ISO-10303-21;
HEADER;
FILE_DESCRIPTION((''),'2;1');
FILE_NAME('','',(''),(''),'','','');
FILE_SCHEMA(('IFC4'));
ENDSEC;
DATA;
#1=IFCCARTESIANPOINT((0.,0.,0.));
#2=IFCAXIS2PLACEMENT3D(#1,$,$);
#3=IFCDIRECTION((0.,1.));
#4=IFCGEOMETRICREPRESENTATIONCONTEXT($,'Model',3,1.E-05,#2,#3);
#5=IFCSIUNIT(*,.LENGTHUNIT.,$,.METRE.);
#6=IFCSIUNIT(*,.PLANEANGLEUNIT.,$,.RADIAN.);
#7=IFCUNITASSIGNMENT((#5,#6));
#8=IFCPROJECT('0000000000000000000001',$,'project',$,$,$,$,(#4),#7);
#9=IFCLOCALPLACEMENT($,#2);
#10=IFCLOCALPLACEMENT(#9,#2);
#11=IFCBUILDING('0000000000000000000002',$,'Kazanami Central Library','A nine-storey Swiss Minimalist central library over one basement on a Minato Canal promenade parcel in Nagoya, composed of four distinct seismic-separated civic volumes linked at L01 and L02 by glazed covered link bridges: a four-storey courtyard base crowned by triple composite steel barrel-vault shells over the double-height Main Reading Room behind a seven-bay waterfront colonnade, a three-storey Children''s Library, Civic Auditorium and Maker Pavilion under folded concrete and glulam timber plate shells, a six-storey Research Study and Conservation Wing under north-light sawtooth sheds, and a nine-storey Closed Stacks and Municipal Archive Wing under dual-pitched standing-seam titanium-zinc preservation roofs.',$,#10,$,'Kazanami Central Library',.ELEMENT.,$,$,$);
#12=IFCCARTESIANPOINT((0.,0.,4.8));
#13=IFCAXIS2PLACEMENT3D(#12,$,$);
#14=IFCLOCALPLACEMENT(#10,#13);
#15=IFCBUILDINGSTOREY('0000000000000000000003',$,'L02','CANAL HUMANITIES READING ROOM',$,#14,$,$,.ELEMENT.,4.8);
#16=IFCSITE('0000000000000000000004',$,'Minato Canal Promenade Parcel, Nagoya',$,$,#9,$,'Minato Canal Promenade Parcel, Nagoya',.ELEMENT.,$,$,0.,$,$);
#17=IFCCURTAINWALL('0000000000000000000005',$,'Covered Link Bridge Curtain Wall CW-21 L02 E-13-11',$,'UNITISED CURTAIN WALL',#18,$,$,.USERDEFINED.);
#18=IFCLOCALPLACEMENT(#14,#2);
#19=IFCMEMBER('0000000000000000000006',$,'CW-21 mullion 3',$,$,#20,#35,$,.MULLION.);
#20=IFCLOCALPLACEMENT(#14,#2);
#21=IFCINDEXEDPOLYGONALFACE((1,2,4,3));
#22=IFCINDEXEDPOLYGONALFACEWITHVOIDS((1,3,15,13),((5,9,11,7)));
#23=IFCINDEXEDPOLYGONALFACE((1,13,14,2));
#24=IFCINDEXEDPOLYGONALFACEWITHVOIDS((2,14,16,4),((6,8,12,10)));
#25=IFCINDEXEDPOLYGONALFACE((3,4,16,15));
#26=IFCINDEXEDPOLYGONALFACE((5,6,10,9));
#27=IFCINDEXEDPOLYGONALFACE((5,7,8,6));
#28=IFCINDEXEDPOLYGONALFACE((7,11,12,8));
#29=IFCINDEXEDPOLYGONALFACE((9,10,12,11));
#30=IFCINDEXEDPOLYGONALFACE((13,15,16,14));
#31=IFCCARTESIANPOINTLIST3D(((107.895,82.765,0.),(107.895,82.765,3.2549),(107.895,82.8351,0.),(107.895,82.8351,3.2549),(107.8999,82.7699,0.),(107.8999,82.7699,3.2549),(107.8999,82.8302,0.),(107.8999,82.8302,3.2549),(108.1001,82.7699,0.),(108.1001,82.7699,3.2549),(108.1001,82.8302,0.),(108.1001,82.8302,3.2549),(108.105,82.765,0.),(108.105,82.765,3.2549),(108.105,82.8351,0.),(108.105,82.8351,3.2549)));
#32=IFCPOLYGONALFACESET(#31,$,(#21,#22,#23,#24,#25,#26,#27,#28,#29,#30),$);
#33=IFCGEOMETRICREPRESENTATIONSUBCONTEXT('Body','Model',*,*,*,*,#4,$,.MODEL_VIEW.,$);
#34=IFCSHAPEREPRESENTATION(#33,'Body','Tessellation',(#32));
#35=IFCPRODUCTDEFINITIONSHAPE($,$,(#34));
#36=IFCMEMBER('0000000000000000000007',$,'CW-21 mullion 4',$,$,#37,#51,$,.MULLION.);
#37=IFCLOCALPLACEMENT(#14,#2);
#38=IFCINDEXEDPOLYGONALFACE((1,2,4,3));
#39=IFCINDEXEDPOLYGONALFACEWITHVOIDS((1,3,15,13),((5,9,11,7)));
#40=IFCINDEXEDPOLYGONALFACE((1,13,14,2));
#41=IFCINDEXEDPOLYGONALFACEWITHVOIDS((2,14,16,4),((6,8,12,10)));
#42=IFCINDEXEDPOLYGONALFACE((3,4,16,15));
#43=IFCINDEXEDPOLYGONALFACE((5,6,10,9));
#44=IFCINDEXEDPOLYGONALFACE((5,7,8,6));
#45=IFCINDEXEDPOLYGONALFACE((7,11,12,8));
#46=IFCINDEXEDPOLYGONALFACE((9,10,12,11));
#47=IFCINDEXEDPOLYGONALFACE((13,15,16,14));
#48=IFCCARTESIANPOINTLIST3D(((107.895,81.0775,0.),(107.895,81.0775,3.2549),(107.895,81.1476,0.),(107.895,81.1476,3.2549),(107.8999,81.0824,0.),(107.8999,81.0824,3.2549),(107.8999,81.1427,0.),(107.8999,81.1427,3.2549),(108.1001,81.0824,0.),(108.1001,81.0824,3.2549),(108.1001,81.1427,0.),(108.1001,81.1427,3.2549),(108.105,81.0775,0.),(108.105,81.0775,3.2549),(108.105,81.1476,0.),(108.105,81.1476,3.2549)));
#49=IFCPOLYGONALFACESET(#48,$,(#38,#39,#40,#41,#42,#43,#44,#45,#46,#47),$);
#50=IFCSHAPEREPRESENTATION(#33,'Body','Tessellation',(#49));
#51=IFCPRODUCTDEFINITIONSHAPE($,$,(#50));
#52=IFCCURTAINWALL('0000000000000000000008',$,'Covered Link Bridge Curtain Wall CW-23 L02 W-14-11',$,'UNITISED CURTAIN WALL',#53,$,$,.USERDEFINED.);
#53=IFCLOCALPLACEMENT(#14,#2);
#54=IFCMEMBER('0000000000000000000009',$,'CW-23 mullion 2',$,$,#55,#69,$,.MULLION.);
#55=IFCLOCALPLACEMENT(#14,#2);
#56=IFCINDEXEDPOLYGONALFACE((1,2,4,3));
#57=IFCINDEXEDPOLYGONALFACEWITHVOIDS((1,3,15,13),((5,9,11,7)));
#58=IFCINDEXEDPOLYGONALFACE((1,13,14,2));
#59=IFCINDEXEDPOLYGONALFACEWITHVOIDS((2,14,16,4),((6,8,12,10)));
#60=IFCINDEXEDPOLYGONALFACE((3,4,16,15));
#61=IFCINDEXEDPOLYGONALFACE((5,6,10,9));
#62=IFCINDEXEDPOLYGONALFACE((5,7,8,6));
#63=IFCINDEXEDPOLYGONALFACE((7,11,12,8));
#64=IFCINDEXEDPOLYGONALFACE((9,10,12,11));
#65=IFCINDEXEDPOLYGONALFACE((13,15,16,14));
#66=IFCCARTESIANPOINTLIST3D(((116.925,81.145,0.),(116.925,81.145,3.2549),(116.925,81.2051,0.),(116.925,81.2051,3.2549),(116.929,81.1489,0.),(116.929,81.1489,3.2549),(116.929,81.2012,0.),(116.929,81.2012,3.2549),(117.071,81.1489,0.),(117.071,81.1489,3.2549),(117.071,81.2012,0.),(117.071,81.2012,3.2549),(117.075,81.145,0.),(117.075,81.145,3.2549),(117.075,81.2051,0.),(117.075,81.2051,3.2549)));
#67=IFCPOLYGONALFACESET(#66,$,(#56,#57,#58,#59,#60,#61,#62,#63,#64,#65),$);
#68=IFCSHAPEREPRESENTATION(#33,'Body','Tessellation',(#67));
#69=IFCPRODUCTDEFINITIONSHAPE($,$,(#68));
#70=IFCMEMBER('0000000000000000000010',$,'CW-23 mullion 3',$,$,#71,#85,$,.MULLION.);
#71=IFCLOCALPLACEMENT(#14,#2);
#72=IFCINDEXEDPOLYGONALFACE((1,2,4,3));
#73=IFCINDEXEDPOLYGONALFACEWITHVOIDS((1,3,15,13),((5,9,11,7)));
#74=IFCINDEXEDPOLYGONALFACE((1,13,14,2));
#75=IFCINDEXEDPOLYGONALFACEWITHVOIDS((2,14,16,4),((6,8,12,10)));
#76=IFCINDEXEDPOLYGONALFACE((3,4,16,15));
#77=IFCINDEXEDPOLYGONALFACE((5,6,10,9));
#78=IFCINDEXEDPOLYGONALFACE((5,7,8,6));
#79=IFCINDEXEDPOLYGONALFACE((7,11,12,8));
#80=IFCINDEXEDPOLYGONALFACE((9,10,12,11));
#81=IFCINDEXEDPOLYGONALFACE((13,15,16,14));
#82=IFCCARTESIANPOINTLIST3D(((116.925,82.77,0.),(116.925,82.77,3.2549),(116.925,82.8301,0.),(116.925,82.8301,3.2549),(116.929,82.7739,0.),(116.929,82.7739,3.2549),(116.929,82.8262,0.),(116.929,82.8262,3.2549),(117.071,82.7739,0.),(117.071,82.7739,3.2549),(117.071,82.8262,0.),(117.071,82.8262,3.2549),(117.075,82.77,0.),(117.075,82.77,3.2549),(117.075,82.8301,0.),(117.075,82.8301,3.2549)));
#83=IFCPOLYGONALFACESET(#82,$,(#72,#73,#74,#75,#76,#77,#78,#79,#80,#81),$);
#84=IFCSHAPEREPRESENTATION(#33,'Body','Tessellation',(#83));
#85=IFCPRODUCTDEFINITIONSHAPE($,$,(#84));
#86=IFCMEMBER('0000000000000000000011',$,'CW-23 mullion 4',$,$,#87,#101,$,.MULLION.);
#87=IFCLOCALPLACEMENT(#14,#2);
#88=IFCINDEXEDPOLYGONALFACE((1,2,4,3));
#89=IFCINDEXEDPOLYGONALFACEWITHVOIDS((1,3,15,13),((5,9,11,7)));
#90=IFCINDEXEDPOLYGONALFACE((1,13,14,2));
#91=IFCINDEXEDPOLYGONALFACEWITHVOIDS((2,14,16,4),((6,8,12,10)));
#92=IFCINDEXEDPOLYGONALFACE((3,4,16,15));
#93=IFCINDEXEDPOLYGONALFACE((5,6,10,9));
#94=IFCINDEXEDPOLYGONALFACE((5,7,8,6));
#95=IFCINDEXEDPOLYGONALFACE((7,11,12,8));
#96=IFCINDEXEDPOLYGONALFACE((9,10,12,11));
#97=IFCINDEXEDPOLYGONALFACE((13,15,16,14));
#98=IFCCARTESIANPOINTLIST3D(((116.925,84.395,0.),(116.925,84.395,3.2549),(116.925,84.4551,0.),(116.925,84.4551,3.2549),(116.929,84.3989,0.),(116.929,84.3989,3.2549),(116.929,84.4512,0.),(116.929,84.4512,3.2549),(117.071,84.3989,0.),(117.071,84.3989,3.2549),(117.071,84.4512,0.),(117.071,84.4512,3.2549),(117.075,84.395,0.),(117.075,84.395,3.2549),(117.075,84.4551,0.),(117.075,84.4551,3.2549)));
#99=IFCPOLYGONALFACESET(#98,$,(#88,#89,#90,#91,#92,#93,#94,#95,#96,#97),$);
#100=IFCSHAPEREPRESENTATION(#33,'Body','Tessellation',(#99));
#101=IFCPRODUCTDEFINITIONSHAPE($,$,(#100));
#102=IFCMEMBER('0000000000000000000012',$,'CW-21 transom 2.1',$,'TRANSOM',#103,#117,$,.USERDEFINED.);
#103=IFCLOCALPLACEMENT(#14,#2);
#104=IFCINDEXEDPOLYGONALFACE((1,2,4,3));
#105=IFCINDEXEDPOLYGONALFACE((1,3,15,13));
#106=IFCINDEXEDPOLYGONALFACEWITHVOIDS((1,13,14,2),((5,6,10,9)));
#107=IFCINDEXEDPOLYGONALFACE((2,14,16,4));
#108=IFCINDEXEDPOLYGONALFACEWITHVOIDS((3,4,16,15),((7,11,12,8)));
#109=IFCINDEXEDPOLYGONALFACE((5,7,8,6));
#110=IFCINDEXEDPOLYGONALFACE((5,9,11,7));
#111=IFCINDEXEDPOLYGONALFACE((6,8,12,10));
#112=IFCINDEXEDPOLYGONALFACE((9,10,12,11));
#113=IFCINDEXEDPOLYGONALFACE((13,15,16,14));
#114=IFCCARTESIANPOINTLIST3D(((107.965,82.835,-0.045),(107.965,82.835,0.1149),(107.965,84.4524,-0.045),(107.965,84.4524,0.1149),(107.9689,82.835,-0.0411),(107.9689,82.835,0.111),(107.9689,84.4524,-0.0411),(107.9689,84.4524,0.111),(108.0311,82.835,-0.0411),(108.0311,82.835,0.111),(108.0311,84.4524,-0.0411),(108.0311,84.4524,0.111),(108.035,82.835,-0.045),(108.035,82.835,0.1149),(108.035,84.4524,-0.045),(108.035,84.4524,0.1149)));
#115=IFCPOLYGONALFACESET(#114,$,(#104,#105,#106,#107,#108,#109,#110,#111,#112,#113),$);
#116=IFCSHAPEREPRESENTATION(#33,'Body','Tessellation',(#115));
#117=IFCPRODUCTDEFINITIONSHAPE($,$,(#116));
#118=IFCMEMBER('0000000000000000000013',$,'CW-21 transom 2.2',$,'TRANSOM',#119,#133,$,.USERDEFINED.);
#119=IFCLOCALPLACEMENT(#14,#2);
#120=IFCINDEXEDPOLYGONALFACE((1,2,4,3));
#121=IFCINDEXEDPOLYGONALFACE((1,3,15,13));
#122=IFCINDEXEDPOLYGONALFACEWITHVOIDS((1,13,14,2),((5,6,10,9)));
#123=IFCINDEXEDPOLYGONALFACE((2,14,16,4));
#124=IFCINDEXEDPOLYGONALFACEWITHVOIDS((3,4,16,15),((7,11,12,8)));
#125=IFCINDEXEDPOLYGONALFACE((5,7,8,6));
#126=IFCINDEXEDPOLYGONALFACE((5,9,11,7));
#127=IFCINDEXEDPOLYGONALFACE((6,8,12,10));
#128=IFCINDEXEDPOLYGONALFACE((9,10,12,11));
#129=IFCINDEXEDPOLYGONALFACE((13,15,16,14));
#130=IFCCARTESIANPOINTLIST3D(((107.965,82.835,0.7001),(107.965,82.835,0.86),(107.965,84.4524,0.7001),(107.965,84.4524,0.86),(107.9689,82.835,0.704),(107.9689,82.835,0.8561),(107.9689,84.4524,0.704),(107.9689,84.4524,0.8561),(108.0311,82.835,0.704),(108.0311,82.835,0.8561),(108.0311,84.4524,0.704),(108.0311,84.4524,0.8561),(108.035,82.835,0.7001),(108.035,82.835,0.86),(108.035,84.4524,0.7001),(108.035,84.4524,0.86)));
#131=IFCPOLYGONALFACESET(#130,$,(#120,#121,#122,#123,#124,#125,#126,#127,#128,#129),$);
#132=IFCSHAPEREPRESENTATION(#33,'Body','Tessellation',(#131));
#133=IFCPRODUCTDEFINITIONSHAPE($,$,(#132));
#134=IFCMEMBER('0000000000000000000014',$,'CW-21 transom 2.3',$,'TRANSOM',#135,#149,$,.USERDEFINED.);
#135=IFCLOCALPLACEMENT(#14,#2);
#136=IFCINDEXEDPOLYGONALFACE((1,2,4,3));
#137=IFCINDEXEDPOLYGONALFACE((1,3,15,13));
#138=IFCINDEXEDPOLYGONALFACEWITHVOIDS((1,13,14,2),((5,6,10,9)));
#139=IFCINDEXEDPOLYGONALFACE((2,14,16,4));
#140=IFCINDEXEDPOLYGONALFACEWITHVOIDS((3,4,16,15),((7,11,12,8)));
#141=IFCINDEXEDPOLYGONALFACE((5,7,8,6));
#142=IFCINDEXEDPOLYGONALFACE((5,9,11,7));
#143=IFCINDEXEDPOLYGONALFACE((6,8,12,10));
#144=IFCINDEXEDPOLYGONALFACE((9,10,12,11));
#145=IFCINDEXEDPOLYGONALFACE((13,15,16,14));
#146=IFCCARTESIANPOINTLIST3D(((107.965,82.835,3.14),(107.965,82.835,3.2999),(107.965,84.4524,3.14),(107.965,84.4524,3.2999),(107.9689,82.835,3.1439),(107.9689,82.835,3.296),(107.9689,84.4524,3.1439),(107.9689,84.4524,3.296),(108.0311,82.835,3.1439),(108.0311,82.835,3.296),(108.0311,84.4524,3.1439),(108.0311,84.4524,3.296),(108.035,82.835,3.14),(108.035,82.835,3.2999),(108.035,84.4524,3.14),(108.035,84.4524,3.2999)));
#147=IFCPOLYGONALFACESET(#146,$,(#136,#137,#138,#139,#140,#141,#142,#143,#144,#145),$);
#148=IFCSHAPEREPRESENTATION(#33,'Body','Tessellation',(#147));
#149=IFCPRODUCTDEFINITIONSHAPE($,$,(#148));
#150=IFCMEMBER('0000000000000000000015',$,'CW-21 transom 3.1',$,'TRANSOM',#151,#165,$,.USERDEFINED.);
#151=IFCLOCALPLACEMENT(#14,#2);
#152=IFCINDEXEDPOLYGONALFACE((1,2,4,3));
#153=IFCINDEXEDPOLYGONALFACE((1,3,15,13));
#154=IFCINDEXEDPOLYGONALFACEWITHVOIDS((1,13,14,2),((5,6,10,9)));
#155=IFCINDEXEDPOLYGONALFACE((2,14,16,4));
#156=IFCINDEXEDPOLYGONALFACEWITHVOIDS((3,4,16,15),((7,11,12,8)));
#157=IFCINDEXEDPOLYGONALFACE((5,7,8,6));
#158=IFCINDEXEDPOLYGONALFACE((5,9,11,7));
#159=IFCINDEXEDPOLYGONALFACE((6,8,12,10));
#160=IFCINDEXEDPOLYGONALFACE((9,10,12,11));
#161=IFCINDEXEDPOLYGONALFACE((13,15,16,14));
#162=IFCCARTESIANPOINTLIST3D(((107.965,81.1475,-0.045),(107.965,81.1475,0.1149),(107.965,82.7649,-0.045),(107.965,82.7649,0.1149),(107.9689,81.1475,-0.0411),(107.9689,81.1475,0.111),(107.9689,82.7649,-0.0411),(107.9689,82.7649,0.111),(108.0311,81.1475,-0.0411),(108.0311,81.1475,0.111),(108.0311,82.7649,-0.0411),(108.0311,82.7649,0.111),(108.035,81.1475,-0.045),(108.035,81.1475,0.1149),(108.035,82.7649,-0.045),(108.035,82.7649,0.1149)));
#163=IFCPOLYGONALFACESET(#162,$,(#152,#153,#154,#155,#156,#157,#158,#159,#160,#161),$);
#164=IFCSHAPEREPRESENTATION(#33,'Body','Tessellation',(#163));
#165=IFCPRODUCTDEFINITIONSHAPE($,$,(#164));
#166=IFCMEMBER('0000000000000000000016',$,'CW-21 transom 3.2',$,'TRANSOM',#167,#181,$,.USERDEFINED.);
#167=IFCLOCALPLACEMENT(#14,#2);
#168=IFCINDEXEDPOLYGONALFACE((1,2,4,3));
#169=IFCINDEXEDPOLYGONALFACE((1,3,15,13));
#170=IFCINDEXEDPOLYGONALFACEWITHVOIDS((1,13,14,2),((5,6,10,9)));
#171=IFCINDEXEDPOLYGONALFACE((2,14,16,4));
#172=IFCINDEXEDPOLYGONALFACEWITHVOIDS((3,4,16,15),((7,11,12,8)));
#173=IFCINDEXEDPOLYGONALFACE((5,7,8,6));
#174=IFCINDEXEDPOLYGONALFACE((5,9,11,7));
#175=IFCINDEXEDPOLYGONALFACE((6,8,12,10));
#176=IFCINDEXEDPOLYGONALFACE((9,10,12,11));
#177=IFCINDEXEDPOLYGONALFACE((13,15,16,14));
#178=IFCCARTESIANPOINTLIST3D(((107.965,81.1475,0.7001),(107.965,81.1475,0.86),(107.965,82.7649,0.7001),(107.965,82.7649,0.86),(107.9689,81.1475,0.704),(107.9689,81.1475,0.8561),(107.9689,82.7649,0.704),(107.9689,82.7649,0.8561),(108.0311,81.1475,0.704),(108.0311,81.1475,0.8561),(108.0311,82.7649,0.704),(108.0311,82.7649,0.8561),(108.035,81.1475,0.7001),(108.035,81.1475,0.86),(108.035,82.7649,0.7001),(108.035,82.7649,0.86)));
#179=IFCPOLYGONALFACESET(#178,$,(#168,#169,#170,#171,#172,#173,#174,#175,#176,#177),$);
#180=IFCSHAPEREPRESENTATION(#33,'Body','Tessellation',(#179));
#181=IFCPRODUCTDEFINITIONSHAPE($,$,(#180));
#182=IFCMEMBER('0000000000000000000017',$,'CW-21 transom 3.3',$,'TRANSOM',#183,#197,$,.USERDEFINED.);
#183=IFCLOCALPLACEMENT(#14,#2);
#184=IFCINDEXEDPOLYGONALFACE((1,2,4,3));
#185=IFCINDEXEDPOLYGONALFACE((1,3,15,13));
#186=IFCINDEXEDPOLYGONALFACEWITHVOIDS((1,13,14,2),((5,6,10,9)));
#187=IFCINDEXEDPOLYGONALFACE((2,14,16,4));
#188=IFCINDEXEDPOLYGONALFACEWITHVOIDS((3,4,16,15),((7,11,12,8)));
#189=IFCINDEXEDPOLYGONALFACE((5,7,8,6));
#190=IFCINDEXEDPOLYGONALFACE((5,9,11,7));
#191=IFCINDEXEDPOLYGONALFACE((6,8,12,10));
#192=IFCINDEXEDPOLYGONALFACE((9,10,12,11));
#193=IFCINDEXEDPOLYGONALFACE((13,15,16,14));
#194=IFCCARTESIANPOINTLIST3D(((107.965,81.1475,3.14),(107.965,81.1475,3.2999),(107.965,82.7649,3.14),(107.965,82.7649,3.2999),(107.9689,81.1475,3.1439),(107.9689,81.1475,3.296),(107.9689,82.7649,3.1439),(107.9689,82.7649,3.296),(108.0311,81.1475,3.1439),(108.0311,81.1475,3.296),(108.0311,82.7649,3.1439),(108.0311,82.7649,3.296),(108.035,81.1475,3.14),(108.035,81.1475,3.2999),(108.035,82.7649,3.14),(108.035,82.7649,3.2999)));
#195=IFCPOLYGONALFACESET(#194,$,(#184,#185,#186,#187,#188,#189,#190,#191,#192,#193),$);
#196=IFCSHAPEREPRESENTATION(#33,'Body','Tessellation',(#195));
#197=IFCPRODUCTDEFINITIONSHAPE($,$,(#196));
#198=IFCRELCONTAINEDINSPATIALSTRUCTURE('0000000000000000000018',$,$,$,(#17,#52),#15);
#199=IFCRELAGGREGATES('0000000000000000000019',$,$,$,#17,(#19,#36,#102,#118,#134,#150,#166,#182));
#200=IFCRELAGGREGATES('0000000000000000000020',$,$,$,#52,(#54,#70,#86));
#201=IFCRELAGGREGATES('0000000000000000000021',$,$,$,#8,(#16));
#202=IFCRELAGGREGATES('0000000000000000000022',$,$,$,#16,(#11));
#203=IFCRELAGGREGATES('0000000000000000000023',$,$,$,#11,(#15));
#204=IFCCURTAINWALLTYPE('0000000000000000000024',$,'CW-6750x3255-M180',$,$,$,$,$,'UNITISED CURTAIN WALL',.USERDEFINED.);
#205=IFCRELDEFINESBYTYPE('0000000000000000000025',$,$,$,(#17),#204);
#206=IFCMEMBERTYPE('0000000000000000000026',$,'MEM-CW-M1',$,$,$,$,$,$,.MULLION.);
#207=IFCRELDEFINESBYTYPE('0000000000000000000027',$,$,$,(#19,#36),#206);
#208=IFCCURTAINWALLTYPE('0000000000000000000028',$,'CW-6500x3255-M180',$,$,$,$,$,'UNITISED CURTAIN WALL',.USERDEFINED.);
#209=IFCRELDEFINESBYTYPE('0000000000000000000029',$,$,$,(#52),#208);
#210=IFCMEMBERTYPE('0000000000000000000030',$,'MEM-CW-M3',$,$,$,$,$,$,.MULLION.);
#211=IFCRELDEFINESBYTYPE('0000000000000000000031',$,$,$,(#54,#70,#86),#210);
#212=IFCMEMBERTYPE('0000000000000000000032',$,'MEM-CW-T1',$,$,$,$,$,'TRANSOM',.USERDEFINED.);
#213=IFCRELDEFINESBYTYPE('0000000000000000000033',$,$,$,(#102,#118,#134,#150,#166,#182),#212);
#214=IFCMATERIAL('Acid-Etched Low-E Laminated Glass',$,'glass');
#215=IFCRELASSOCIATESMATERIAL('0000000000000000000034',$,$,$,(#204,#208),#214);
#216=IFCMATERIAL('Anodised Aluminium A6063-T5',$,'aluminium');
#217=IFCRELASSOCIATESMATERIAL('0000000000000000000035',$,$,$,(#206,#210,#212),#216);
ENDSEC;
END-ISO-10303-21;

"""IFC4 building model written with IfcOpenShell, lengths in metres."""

from ifc_helpers import new_model, si_unit, direction, frame, origin, origin_2d, place, context, subcontext, project, spatial, hollow_rectangle, extrude, material, material_profile, profile_set, type_object, element, aggregate, save


model = new_model("IFC4")

# Units and contexts
model_context = context("Model", 3, precision=1e-05, world=origin(), true_north=direction((0.0, 1.0)))
body_context = subcontext(model_context, "Body", "Model", "MODEL_VIEW")
ifc_project = project(units=[si_unit("LENGTHUNIT", "METRE"), si_unit("PLANEANGLEUNIT", "RADIAN")], contexts=[model_context])

# Site, building, storey
site_placement = place(None, origin())
site = spatial("IfcSite", under=ifc_project, at=site_placement, Name="Minato Canal Promenade Parcel, Nagoya", LongName="Minato Canal Promenade Parcel, Nagoya", CompositionType="ELEMENT", RefElevation=0.0)
building_placement = place(site_placement, origin())
building = spatial("IfcBuilding", under=site, at=building_placement, Name="Kazanami Central Library", Description="A nine-storey Swiss Minimalist central library over one basement on a Minato Canal promenade parcel in Nagoya, composed of four distinct seismic-separated civic volumes linked at L01 and L02 by glazed covered link bridges: a four-storey courtyard base crowned by triple composite steel barrel-vault shells over the double-height Main Reading Room behind a seven-bay waterfront colonnade, a three-storey Children's Library, Civic Auditorium and Maker Pavilion under folded concrete and glulam timber plate shells, a six-storey Research Study and Conservation Wing under north-light sawtooth sheds, and a nine-storey Closed Stacks and Municipal Archive Wing under dual-pitched standing-seam titanium-zinc preservation roofs.", LongName="Kazanami Central Library", CompositionType="ELEMENT")
storey_placement = place(building_placement, frame((0.0, 0.0, 4.8)))
storey = spatial("IfcBuildingStorey", under=building, at=storey_placement, Name="L02", Description="CANAL HUMANITIES READING ROOM", CompositionType="ELEMENT", Elevation=4.8)

# Curtain walls, members
ifc_material_1 = material(Name="Acid-Etched Low-E Laminated Glass", Category="glass")
curtain_wall_type_1 = type_object("IfcCurtainWallType", Name="CW-6750x3255-M180", ElementType="UNITISED CURTAIN WALL", PredefinedType="USERDEFINED", material=ifc_material_1)
curtain_wall_1_placement = place(storey_placement, origin())
curtain_wall_1 = element("IfcCurtainWall", 1, at=curtain_wall_1_placement, inside=storey, type_object=curtain_wall_type_1, Name="Covered Link Bridge Curtain Wall CW-21 L02 E-13-11", ObjectType="UNITISED CURTAIN WALL", PredefinedType="USERDEFINED")
ifc_material_2 = material(Name="Anodised Aluminium A6063-T5", Category="aluminium")
ifc_material_profile_1 = material_profile(ifc_material_2, hollow_rectangle(XDim=0.0701, YDim=0.21, WallThickness=0.0049, at=origin_2d()), Name="ALU-MULL-70x210x5")
ifc_profile_set_1 = profile_set([ifc_material_profile_1], Name="Anodised Aluminium A6063-T5")
member_type_1 = type_object("IfcMemberType", Name="MEM-CW-M1", PredefinedType="MULLION", material=ifc_profile_set_1)
member_1_placement = place(storey_placement, frame((108.0, 82.8, 0.0), z_axis=(0.0, 0.0, 1.0), x_axis=(0.0, -1.0, 0.0)))
member_1 = element("IfcMember", 2, at=member_1_placement, type_object=member_type_1, Name="CW-21 mullion 3", PredefinedType="MULLION", context=body_context, shape_type="SweptSolid", body=[
    extrude(hollow_rectangle(XDim=0.0701, YDim=0.21, WallThickness=0.0049, at=origin_2d()), origin(), (0.0, 0.0, 1.0), 3.2549),
])
member_2_placement = place(storey_placement, frame((108.0, 81.1125, 0.0), z_axis=(0.0, 0.0, 1.0), x_axis=(0.0, -1.0, 0.0)))
member_2 = element("IfcMember", 3, at=member_2_placement, type_object=member_type_1, Name="CW-21 mullion 4", PredefinedType="MULLION", context=body_context, shape_type="SweptSolid", body=[
    extrude(hollow_rectangle(XDim=0.0701, YDim=0.21, WallThickness=0.0049, at=origin_2d()), origin(), (0.0, 0.0, 1.0), 3.2549),
])
curtain_wall_type_2 = type_object("IfcCurtainWallType", Name="CW-6500x3255-M180", ElementType="UNITISED CURTAIN WALL", PredefinedType="USERDEFINED", material=ifc_material_1)
curtain_wall_2_placement = place(storey_placement, origin())
curtain_wall_2 = element("IfcCurtainWall", 4, at=curtain_wall_2_placement, inside=storey, type_object=curtain_wall_type_2, Name="Covered Link Bridge Curtain Wall CW-23 L02 W-14-11", ObjectType="UNITISED CURTAIN WALL", PredefinedType="USERDEFINED")
ifc_material_profile_2 = material_profile(ifc_material_2, hollow_rectangle(XDim=0.0601, YDim=0.1499, WallThickness=0.0039, at=origin_2d()), Name="ALU-MULL-60x150x4")
ifc_profile_set_2 = profile_set([ifc_material_profile_2], Name="Anodised Aluminium A6063-T5")
member_type_2 = type_object("IfcMemberType", Name="MEM-CW-M3", PredefinedType="MULLION", material=ifc_profile_set_2)
member_3_placement = place(storey_placement, frame((117.0, 81.175, 0.0), z_axis=(0.0, 0.0, 1.0), x_axis=(0.0, 1.0, 0.0)))
member_3 = element("IfcMember", 5, at=member_3_placement, type_object=member_type_2, Name="CW-23 mullion 2", PredefinedType="MULLION", context=body_context, shape_type="SweptSolid", body=[
    extrude(hollow_rectangle(XDim=0.0601, YDim=0.1499, WallThickness=0.0039, at=origin_2d()), origin(), (0.0, 0.0, 1.0), 3.2549),
])
member_4_placement = place(storey_placement, frame((117.0, 82.8, 0.0), z_axis=(0.0, 0.0, 1.0), x_axis=(0.0, 1.0, 0.0)))
member_4 = element("IfcMember", 6, at=member_4_placement, type_object=member_type_2, Name="CW-23 mullion 3", PredefinedType="MULLION", context=body_context, shape_type="SweptSolid", body=[
    extrude(hollow_rectangle(XDim=0.0601, YDim=0.1499, WallThickness=0.0039, at=origin_2d()), origin(), (0.0, 0.0, 1.0), 3.2549),
])
member_5_placement = place(storey_placement, frame((117.0, 84.425, 0.0), z_axis=(0.0, 0.0, 1.0), x_axis=(0.0, 1.0, 0.0)))
member_5 = element("IfcMember", 7, at=member_5_placement, type_object=member_type_2, Name="CW-23 mullion 4", PredefinedType="MULLION", context=body_context, shape_type="SweptSolid", body=[
    extrude(hollow_rectangle(XDim=0.0601, YDim=0.1499, WallThickness=0.0039, at=origin_2d()), origin(), (0.0, 0.0, 1.0), 3.2549),
])

# Members
ifc_material_profile_3 = material_profile(ifc_material_2, hollow_rectangle(XDim=0.0701, YDim=0.1599, WallThickness=0.0039, at=origin_2d()), Name="ALU-TRAN-70x160x4")
ifc_profile_set_3 = profile_set([ifc_material_profile_3], Name="Anodised Aluminium A6063-T5")
member_type_3 = type_object("IfcMemberType", Name="MEM-CW-T1", ElementType="TRANSOM", PredefinedType="USERDEFINED", material=ifc_profile_set_3)
member_6_placement = place(storey_placement, frame((108.0, 84.4524, 0.0349), z_axis=(0.0, -1.0, 0.0), x_axis=(1.0, 0.0, 0.0)))
member_6 = element("IfcMember", 8, at=member_6_placement, type_object=member_type_3, Name="CW-21 transom 2.1", ObjectType="TRANSOM", PredefinedType="USERDEFINED", context=body_context, shape_type="SweptSolid", body=[
    extrude(hollow_rectangle(XDim=0.0701, YDim=0.1599, WallThickness=0.0039, at=origin_2d()), origin(), (0.0, 0.0, 1.0), 1.6174),
])
member_7_placement = place(storey_placement, frame((108.0, 84.4524, 0.78), z_axis=(0.0, -1.0, 0.0), x_axis=(1.0, 0.0, 0.0)))
member_7 = element("IfcMember", 9, at=member_7_placement, type_object=member_type_3, Name="CW-21 transom 2.2", ObjectType="TRANSOM", PredefinedType="USERDEFINED", context=body_context, shape_type="SweptSolid", body=[
    extrude(hollow_rectangle(XDim=0.0701, YDim=0.1599, WallThickness=0.0039, at=origin_2d()), origin(), (0.0, 0.0, 1.0), 1.6174),
])
member_8_placement = place(storey_placement, frame((108.0, 84.4524, 3.22), z_axis=(0.0, -1.0, 0.0), x_axis=(1.0, 0.0, 0.0)))
member_8 = element("IfcMember", 10, at=member_8_placement, type_object=member_type_3, Name="CW-21 transom 2.3", ObjectType="TRANSOM", PredefinedType="USERDEFINED", context=body_context, shape_type="SweptSolid", body=[
    extrude(hollow_rectangle(XDim=0.0701, YDim=0.1599, WallThickness=0.0039, at=origin_2d()), origin(), (0.0, 0.0, 1.0), 1.6174),
])
member_9_placement = place(storey_placement, frame((108.0, 82.7649, 0.0349), z_axis=(0.0, -1.0, 0.0), x_axis=(1.0, 0.0, 0.0)))
member_9 = element("IfcMember", 11, at=member_9_placement, type_object=member_type_3, Name="CW-21 transom 3.1", ObjectType="TRANSOM", PredefinedType="USERDEFINED", context=body_context, shape_type="SweptSolid", body=[
    extrude(hollow_rectangle(XDim=0.0701, YDim=0.1599, WallThickness=0.0039, at=origin_2d()), origin(), (0.0, 0.0, 1.0), 1.6174),
])
member_10_placement = place(storey_placement, frame((108.0, 82.7649, 0.78), z_axis=(0.0, -1.0, 0.0), x_axis=(1.0, 0.0, 0.0)))
member_10 = element("IfcMember", 12, at=member_10_placement, type_object=member_type_3, Name="CW-21 transom 3.2", ObjectType="TRANSOM", PredefinedType="USERDEFINED", context=body_context, shape_type="SweptSolid", body=[
    extrude(hollow_rectangle(XDim=0.0701, YDim=0.1599, WallThickness=0.0039, at=origin_2d()), origin(), (0.0, 0.0, 1.0), 1.6174),
])
member_11_placement = place(storey_placement, frame((108.0, 82.7649, 3.22), z_axis=(0.0, -1.0, 0.0), x_axis=(1.0, 0.0, 0.0)))
member_11 = element("IfcMember", 13, at=member_11_placement, type_object=member_type_3, Name="CW-21 transom 3.3", ObjectType="TRANSOM", PredefinedType="USERDEFINED", context=body_context, shape_type="SweptSolid", body=[
    extrude(hollow_rectangle(XDim=0.0701, YDim=0.1599, WallThickness=0.0039, at=origin_2d()), origin(), (0.0, 0.0, 1.0), 1.6174),
])

aggregate(curtain_wall_1, [member_1, member_2, member_6, member_7, member_8, member_9, member_10, member_11])
aggregate(curtain_wall_2, [member_3, member_4, member_5])

save(model, "model.ifc")
